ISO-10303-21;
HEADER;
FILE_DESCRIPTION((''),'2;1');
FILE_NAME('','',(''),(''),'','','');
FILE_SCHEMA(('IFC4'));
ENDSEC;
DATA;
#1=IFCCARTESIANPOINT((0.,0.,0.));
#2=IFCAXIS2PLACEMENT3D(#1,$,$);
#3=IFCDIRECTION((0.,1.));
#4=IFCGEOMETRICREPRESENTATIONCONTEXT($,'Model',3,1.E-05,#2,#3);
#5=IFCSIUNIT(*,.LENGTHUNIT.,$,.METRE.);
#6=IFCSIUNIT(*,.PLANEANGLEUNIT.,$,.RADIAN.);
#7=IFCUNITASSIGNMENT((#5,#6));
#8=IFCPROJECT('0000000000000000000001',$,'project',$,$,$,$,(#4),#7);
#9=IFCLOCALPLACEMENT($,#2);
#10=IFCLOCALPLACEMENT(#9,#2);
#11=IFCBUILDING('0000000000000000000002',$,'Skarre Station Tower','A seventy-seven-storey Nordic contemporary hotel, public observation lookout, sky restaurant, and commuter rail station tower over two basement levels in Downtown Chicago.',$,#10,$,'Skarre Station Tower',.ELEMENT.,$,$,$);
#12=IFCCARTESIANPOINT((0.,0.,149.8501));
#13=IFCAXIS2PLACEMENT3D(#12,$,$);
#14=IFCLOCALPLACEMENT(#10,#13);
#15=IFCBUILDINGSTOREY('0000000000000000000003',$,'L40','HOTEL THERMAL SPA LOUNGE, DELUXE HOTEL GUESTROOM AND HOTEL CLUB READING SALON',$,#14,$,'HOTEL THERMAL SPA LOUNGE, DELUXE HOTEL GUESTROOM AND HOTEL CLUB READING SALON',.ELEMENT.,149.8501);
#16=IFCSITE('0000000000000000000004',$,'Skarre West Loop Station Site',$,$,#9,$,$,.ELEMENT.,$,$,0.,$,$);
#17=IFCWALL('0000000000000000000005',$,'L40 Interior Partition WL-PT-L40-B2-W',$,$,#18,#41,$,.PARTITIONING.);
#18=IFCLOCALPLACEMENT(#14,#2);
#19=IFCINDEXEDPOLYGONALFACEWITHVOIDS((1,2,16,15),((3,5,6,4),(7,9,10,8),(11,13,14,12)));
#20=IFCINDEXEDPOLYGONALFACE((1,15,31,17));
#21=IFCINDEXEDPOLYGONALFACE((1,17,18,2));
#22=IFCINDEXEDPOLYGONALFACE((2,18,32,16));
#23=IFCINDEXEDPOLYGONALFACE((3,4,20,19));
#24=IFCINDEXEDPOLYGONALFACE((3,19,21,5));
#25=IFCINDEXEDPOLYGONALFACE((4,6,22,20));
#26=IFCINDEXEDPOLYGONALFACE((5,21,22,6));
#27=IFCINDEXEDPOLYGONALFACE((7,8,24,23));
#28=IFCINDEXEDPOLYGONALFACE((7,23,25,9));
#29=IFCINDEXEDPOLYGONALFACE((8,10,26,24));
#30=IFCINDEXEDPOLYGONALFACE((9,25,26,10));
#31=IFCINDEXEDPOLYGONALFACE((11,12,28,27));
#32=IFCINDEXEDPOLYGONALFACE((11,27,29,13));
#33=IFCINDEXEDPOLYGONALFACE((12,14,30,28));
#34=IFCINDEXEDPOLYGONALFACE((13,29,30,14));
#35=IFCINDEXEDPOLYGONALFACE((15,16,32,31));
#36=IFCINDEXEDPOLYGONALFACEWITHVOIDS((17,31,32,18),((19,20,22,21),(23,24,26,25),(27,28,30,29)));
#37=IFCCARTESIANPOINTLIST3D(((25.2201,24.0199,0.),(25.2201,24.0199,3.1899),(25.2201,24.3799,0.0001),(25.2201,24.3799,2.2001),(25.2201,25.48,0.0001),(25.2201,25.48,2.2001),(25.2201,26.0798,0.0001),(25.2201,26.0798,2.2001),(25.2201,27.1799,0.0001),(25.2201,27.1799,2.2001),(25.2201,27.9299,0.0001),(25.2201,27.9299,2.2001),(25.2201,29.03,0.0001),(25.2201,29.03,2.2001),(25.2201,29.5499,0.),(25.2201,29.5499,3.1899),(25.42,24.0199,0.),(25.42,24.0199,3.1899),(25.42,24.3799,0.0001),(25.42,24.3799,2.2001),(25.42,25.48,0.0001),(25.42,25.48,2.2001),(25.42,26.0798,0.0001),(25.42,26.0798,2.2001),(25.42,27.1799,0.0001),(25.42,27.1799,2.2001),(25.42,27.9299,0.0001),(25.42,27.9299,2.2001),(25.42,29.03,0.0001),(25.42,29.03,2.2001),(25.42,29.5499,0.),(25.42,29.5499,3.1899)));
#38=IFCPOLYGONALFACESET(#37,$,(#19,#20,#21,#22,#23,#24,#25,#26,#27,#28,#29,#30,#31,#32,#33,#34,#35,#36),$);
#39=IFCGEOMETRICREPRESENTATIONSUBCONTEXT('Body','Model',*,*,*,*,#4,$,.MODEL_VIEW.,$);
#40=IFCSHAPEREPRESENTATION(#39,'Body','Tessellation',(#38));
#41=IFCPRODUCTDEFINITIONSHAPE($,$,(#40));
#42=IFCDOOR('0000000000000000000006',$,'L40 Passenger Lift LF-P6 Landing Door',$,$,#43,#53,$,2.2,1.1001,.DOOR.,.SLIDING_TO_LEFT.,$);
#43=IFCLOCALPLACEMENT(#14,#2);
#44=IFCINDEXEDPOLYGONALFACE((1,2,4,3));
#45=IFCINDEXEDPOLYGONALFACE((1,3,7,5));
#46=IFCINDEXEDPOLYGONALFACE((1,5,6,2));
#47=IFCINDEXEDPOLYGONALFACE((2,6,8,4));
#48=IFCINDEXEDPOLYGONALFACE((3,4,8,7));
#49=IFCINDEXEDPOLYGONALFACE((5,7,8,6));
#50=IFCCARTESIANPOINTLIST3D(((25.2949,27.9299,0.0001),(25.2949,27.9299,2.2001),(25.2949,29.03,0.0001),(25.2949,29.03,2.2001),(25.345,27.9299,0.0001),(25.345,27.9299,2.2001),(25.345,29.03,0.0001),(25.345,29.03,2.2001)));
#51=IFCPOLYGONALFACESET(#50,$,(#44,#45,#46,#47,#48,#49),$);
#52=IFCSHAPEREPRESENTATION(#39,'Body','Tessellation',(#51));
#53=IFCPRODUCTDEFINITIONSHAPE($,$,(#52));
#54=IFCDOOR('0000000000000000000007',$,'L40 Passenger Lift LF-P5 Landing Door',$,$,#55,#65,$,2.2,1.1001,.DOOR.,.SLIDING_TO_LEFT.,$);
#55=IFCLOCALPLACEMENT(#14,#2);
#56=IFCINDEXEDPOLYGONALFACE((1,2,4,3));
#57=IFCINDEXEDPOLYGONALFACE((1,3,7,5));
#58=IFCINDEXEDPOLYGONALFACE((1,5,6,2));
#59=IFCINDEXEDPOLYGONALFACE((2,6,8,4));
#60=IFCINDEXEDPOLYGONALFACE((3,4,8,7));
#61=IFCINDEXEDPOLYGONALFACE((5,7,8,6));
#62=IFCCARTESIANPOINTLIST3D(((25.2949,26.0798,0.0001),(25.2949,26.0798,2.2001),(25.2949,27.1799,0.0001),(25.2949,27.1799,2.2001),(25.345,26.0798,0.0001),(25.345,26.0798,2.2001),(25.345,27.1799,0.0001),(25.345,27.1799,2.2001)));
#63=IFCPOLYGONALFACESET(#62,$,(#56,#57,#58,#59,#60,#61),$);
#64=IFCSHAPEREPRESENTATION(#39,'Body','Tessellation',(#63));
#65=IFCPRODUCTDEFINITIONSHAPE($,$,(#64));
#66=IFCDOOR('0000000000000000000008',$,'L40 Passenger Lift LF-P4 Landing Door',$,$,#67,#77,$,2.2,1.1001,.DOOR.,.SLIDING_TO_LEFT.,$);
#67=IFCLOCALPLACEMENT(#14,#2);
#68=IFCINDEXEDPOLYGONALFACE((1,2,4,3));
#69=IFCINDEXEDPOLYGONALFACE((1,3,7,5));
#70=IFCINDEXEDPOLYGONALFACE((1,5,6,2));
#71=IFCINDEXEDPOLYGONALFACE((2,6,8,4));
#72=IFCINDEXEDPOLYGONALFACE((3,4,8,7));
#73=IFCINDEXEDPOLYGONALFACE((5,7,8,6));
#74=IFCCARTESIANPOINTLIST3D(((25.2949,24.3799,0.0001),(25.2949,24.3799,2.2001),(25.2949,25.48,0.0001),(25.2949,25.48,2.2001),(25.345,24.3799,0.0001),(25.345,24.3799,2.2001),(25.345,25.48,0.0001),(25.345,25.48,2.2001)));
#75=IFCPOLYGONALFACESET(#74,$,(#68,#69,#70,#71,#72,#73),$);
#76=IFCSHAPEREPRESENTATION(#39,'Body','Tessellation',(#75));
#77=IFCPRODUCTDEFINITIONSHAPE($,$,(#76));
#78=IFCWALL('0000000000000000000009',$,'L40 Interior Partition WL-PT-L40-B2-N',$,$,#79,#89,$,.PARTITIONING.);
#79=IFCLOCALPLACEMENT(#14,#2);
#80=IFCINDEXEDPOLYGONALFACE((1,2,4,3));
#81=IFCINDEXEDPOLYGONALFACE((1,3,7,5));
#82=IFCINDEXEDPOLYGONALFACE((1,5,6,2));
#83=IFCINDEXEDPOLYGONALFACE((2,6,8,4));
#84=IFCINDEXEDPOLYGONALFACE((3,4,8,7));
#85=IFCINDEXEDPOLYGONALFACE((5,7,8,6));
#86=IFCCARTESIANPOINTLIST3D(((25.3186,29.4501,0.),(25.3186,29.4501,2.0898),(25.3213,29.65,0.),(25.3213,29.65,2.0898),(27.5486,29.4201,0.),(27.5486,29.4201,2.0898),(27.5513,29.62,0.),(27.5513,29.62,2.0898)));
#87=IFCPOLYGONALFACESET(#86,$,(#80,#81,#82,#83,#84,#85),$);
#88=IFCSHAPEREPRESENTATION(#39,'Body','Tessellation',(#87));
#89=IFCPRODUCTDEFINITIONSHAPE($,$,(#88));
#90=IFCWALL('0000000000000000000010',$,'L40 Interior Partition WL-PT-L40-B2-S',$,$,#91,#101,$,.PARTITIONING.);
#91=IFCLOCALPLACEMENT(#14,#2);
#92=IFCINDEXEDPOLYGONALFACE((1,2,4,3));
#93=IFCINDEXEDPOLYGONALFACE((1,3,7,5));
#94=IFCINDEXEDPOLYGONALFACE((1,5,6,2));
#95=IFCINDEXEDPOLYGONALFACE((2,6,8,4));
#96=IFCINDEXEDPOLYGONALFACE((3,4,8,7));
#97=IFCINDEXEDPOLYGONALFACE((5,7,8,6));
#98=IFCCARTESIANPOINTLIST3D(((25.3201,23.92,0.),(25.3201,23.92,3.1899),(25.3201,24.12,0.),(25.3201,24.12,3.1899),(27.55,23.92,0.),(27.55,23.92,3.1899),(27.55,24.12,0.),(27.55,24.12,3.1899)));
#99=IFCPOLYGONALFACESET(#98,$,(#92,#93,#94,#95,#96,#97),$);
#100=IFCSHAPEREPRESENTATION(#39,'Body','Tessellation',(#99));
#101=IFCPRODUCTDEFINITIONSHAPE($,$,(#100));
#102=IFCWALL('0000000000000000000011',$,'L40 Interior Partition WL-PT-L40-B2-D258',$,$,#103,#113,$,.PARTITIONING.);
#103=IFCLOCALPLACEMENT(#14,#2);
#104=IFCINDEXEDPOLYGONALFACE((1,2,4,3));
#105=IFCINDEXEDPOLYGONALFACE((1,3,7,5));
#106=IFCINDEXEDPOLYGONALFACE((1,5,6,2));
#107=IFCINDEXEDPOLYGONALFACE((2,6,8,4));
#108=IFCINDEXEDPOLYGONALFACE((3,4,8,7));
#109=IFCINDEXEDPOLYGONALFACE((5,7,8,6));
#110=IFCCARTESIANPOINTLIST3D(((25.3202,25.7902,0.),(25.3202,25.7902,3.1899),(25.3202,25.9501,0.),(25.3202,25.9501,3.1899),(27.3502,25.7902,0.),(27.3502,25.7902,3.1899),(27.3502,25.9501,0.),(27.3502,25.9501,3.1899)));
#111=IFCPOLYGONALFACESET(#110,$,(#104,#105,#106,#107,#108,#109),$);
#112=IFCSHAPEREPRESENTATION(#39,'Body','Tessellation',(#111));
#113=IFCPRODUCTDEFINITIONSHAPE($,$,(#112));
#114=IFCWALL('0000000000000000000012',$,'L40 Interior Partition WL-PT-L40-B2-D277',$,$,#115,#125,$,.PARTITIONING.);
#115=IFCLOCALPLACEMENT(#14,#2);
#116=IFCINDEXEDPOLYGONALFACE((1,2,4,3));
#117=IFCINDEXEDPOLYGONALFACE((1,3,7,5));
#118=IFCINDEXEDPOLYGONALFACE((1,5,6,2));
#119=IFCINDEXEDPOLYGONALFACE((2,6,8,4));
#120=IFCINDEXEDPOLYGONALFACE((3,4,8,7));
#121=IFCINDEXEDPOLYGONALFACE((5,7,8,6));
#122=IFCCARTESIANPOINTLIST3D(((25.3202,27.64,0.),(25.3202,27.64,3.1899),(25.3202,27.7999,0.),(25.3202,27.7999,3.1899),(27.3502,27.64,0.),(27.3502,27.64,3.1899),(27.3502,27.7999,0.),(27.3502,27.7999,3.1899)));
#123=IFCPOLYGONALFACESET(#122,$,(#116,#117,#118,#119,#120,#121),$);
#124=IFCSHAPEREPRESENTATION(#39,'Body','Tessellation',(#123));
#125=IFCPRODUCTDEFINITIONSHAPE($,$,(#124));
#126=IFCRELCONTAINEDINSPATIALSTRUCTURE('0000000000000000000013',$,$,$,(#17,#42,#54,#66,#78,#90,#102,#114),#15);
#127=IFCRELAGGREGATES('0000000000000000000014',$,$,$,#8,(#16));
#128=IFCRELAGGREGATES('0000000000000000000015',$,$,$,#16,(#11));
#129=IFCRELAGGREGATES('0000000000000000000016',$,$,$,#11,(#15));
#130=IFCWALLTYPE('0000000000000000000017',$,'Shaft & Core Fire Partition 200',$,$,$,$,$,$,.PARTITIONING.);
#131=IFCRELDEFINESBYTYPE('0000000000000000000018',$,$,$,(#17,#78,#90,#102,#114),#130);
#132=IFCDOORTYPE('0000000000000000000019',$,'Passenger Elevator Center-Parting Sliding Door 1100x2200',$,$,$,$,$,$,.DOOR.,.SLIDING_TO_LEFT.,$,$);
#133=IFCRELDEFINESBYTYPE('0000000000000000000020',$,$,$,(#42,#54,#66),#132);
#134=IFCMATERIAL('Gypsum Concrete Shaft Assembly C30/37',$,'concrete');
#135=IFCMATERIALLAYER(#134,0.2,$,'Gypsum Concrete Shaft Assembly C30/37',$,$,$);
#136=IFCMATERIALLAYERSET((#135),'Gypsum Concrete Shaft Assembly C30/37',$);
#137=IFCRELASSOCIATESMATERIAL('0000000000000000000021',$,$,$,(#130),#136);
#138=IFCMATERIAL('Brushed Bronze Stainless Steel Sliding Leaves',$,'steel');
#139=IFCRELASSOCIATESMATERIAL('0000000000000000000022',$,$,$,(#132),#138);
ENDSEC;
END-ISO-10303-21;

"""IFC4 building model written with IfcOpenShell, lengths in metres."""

from ifc_helpers import new_model, si_unit, direction, frame, frame_2d, origin, place, context, subcontext, project, spatial, rectangle, extrude, material, layer, layer_set, type_object, element, fill, save


model = new_model("IFC4")

# Units and contexts
model_context = context("Model", 3, precision=1e-05, world=origin(), true_north=direction((0.0, 1.0)))
body_context = subcontext(model_context, "Body", "Model", "MODEL_VIEW")
ifc_project = project(units=[si_unit("LENGTHUNIT", "METRE"), si_unit("PLANEANGLEUNIT", "RADIAN")], contexts=[model_context])

# Site, building, storey
site_placement = place(None, origin())
site = spatial("IfcSite", under=ifc_project, at=site_placement, Name="Skarre West Loop Station Site", CompositionType="ELEMENT", RefElevation=0.0)
building_placement = place(site_placement, origin())
building = spatial("IfcBuilding", under=site, at=building_placement, Name="Skarre Station Tower", Description="A seventy-seven-storey Nordic contemporary hotel, public observation lookout, sky restaurant, and commuter rail station tower over two basement levels in Downtown Chicago.", LongName="Skarre Station Tower", CompositionType="ELEMENT")
storey_placement = place(building_placement, frame((0.0, 0.0, 149.8501)))
storey = spatial("IfcBuildingStorey", under=building, at=storey_placement, Name="L40", Description="HOTEL THERMAL SPA LOUNGE, DELUXE HOTEL GUESTROOM AND HOTEL CLUB READING SALON", LongName="HOTEL THERMAL SPA LOUNGE, DELUXE HOTEL GUESTROOM AND HOTEL CLUB READING SALON", CompositionType="ELEMENT", Elevation=149.8501)

# Shared definitions
ifc_material_1 = material(Name="Gypsum Concrete Shaft Assembly C30/37", Category="concrete")
ifc_layer_1 = layer(ifc_material_1, 0.2, Name="Gypsum Concrete Shaft Assembly C30/37")
ifc_layer_set_1 = layer_set([ifc_layer_1], Name="Gypsum Concrete Shaft Assembly C30/37")
wall_type_1 = type_object("IfcWallType", Name="Shaft & Core Fire Partition 200", PredefinedType="PARTITIONING", material=ifc_layer_set_1)

# Wall, openings, doors
wall_1_placement = place(storey_placement, frame((25.3201, 29.55, 0.0), z_axis=(0.0, 0.0, 1.0), x_axis=(0.0, -1.0, 0.0)))
wall_1 = element("IfcWall", 1, at=wall_1_placement, inside=storey, type_object=wall_type_1, Name="L40 Interior Partition WL-PT-L40-B2-W", PredefinedType="PARTITIONING", context=body_context, shape_type="SweptSolid", body=[
    extrude(rectangle(XDim=5.53, YDim=0.2, at=frame_2d((2.7651, 0.0))), origin(), (0.0, 0.0, 1.0), 3.1899),
])
opening_1_placement = place(wall_1_placement, frame((0.52, 0.0, 0.0)))
opening_1 = element("IfcOpeningElement", 2, at=opening_1_placement, cuts=wall_1, PredefinedType="OPENING", context=body_context, shape_type="SweptSolid", body=[
    extrude(rectangle(XDim=1.1001, YDim=2.2, at=frame_2d((0.55, 1.1001))), frame((0.0, 0.1099, 0.0), z_axis=(0.0, -1.0, 0.0), x_axis=(1.0, 0.0, 0.0)), (0.0, 0.0, 1.0), 0.22),
])
opening_2_placement = place(wall_1_placement, frame((2.3701, 0.0, 0.0)))
opening_2 = element("IfcOpeningElement", 3, at=opening_2_placement, cuts=wall_1, PredefinedType="OPENING", context=body_context, shape_type="SweptSolid", body=[
    extrude(rectangle(XDim=1.1001, YDim=2.2, at=frame_2d((0.55, 1.1001))), frame((0.0, 0.1099, 0.0), z_axis=(0.0, -1.0, 0.0), x_axis=(1.0, 0.0, 0.0)), (0.0, 0.0, 1.0), 0.22),
])
opening_3_placement = place(wall_1_placement, frame((4.0701, 0.0, 0.0)))
opening_3 = element("IfcOpeningElement", 4, at=opening_3_placement, cuts=wall_1, PredefinedType="OPENING", context=body_context, shape_type="SweptSolid", body=[
    extrude(rectangle(XDim=1.1001, YDim=2.2, at=frame_2d((0.55, 1.1001))), frame((0.0, 0.1099, 0.0), z_axis=(0.0, -1.0, 0.0), x_axis=(1.0, 0.0, 0.0)), (0.0, 0.0, 1.0), 0.22),
])
ifc_material_2 = material(Name="Brushed Bronze Stainless Steel Sliding Leaves", Category="steel")
door_type_1 = type_object("IfcDoorType", Name="Passenger Elevator Center-Parting Sliding Door 1100x2200", OperationType="SLIDING_TO_LEFT", PredefinedType="DOOR", material=ifc_material_2)
door_1_placement = place(opening_1_placement, origin())
door_1 = element("IfcDoor", 5, at=door_1_placement, inside=storey, type_object=door_type_1, Name="L40 Passenger Lift LF-P6 Landing Door", OperationType="SLIDING_TO_LEFT", OverallHeight=2.2, OverallWidth=1.1001, PredefinedType="DOOR", context=body_context, shape_type="SweptSolid", body=[
    extrude(rectangle(XDim=1.1001, YDim=2.2, at=frame_2d((0.55, 1.1001))), frame((0.0, 0.0249, 0.0), z_axis=(0.0, -1.0, 0.0), x_axis=(1.0, 0.0, 0.0)), (0.0, 0.0, 1.0), 0.05),
])
fill(opening_1, door_1)
door_2_placement = place(opening_2_placement, origin())
door_2 = element("IfcDoor", 6, at=door_2_placement, inside=storey, type_object=door_type_1, Name="L40 Passenger Lift LF-P5 Landing Door", OperationType="SLIDING_TO_LEFT", OverallHeight=2.2, OverallWidth=1.1001, PredefinedType="DOOR", context=body_context, shape_type="SweptSolid", body=[
    extrude(rectangle(XDim=1.1001, YDim=2.2, at=frame_2d((0.55, 1.1001))), frame((0.0, 0.0249, 0.0), z_axis=(0.0, -1.0, 0.0), x_axis=(1.0, 0.0, 0.0)), (0.0, 0.0, 1.0), 0.05),
])
fill(opening_2, door_2)
door_3_placement = place(opening_3_placement, origin())
door_3 = element("IfcDoor", 7, at=door_3_placement, inside=storey, type_object=door_type_1, Name="L40 Passenger Lift LF-P4 Landing Door", OperationType="SLIDING_TO_LEFT", OverallHeight=2.2, OverallWidth=1.1001, PredefinedType="DOOR", context=body_context, shape_type="SweptSolid", body=[
    extrude(rectangle(XDim=1.1001, YDim=2.2, at=frame_2d((0.55, 1.1001))), frame((0.0, 0.0249, 0.0), z_axis=(0.0, -1.0, 0.0), x_axis=(1.0, 0.0, 0.0)), (0.0, 0.0, 1.0), 0.05),
])
fill(opening_3, door_3)

# Walls
wall_2_placement = place(storey_placement, frame((27.55, 29.52, 0.0), z_axis=(0.0, 0.0, 1.0), x_axis=(-0.999909, 0.013465, 0.0)))
element("IfcWall", 8, at=wall_2_placement, inside=storey, type_object=wall_type_1, Name="L40 Interior Partition WL-PT-L40-B2-N", PredefinedType="PARTITIONING", context=body_context, shape_type="SweptSolid", body=[
    extrude(rectangle(XDim=2.2302, YDim=0.2, at=frame_2d((1.1152, 0.0))), origin(), (0.0, 0.0, 1.0), 2.0898),
])
wall_3_placement = place(storey_placement, frame((25.3201, 24.02, 0.0), z_axis=(0.0, 0.0, 1.0), x_axis=(1.0, 0.0, 0.0)))
element("IfcWall", 9, at=wall_3_placement, inside=storey, type_object=wall_type_1, Name="L40 Interior Partition WL-PT-L40-B2-S", PredefinedType="PARTITIONING", context=body_context, shape_type="SweptSolid", body=[
    extrude(rectangle(XDim=2.23, YDim=0.2, at=frame_2d((1.115, 0.0))), origin(), (0.0, 0.0, 1.0), 3.1899),
])
for number, where, z_axis, x_axis, name in (
    (10, (25.3201, 25.8701, 0.0), (0.0, 0.0, 1.0), (1.0, 0.0, 0.0), "L40 Interior Partition WL-PT-L40-B2-D258"),
    (11, (25.3201, 27.72, 0.0), (0.0, 0.0, 1.0), (1.0, 0.0, 0.0), "L40 Interior Partition WL-PT-L40-B2-D277"),
):
    element("IfcWall", number, at=place(storey_placement, frame(where, z_axis=z_axis, x_axis=x_axis)), inside=storey, type_object=wall_type_1, Name=name, PredefinedType="PARTITIONING", context=body_context, shape_type="SweptSolid", body=[
        extrude(rectangle(XDim=2.03, YDim=0.1599, at=frame_2d((1.0151, 0.0))), origin(), (0.0, 0.0, 1.0), 3.1899),
    ])

save(model, "model.ifc")
